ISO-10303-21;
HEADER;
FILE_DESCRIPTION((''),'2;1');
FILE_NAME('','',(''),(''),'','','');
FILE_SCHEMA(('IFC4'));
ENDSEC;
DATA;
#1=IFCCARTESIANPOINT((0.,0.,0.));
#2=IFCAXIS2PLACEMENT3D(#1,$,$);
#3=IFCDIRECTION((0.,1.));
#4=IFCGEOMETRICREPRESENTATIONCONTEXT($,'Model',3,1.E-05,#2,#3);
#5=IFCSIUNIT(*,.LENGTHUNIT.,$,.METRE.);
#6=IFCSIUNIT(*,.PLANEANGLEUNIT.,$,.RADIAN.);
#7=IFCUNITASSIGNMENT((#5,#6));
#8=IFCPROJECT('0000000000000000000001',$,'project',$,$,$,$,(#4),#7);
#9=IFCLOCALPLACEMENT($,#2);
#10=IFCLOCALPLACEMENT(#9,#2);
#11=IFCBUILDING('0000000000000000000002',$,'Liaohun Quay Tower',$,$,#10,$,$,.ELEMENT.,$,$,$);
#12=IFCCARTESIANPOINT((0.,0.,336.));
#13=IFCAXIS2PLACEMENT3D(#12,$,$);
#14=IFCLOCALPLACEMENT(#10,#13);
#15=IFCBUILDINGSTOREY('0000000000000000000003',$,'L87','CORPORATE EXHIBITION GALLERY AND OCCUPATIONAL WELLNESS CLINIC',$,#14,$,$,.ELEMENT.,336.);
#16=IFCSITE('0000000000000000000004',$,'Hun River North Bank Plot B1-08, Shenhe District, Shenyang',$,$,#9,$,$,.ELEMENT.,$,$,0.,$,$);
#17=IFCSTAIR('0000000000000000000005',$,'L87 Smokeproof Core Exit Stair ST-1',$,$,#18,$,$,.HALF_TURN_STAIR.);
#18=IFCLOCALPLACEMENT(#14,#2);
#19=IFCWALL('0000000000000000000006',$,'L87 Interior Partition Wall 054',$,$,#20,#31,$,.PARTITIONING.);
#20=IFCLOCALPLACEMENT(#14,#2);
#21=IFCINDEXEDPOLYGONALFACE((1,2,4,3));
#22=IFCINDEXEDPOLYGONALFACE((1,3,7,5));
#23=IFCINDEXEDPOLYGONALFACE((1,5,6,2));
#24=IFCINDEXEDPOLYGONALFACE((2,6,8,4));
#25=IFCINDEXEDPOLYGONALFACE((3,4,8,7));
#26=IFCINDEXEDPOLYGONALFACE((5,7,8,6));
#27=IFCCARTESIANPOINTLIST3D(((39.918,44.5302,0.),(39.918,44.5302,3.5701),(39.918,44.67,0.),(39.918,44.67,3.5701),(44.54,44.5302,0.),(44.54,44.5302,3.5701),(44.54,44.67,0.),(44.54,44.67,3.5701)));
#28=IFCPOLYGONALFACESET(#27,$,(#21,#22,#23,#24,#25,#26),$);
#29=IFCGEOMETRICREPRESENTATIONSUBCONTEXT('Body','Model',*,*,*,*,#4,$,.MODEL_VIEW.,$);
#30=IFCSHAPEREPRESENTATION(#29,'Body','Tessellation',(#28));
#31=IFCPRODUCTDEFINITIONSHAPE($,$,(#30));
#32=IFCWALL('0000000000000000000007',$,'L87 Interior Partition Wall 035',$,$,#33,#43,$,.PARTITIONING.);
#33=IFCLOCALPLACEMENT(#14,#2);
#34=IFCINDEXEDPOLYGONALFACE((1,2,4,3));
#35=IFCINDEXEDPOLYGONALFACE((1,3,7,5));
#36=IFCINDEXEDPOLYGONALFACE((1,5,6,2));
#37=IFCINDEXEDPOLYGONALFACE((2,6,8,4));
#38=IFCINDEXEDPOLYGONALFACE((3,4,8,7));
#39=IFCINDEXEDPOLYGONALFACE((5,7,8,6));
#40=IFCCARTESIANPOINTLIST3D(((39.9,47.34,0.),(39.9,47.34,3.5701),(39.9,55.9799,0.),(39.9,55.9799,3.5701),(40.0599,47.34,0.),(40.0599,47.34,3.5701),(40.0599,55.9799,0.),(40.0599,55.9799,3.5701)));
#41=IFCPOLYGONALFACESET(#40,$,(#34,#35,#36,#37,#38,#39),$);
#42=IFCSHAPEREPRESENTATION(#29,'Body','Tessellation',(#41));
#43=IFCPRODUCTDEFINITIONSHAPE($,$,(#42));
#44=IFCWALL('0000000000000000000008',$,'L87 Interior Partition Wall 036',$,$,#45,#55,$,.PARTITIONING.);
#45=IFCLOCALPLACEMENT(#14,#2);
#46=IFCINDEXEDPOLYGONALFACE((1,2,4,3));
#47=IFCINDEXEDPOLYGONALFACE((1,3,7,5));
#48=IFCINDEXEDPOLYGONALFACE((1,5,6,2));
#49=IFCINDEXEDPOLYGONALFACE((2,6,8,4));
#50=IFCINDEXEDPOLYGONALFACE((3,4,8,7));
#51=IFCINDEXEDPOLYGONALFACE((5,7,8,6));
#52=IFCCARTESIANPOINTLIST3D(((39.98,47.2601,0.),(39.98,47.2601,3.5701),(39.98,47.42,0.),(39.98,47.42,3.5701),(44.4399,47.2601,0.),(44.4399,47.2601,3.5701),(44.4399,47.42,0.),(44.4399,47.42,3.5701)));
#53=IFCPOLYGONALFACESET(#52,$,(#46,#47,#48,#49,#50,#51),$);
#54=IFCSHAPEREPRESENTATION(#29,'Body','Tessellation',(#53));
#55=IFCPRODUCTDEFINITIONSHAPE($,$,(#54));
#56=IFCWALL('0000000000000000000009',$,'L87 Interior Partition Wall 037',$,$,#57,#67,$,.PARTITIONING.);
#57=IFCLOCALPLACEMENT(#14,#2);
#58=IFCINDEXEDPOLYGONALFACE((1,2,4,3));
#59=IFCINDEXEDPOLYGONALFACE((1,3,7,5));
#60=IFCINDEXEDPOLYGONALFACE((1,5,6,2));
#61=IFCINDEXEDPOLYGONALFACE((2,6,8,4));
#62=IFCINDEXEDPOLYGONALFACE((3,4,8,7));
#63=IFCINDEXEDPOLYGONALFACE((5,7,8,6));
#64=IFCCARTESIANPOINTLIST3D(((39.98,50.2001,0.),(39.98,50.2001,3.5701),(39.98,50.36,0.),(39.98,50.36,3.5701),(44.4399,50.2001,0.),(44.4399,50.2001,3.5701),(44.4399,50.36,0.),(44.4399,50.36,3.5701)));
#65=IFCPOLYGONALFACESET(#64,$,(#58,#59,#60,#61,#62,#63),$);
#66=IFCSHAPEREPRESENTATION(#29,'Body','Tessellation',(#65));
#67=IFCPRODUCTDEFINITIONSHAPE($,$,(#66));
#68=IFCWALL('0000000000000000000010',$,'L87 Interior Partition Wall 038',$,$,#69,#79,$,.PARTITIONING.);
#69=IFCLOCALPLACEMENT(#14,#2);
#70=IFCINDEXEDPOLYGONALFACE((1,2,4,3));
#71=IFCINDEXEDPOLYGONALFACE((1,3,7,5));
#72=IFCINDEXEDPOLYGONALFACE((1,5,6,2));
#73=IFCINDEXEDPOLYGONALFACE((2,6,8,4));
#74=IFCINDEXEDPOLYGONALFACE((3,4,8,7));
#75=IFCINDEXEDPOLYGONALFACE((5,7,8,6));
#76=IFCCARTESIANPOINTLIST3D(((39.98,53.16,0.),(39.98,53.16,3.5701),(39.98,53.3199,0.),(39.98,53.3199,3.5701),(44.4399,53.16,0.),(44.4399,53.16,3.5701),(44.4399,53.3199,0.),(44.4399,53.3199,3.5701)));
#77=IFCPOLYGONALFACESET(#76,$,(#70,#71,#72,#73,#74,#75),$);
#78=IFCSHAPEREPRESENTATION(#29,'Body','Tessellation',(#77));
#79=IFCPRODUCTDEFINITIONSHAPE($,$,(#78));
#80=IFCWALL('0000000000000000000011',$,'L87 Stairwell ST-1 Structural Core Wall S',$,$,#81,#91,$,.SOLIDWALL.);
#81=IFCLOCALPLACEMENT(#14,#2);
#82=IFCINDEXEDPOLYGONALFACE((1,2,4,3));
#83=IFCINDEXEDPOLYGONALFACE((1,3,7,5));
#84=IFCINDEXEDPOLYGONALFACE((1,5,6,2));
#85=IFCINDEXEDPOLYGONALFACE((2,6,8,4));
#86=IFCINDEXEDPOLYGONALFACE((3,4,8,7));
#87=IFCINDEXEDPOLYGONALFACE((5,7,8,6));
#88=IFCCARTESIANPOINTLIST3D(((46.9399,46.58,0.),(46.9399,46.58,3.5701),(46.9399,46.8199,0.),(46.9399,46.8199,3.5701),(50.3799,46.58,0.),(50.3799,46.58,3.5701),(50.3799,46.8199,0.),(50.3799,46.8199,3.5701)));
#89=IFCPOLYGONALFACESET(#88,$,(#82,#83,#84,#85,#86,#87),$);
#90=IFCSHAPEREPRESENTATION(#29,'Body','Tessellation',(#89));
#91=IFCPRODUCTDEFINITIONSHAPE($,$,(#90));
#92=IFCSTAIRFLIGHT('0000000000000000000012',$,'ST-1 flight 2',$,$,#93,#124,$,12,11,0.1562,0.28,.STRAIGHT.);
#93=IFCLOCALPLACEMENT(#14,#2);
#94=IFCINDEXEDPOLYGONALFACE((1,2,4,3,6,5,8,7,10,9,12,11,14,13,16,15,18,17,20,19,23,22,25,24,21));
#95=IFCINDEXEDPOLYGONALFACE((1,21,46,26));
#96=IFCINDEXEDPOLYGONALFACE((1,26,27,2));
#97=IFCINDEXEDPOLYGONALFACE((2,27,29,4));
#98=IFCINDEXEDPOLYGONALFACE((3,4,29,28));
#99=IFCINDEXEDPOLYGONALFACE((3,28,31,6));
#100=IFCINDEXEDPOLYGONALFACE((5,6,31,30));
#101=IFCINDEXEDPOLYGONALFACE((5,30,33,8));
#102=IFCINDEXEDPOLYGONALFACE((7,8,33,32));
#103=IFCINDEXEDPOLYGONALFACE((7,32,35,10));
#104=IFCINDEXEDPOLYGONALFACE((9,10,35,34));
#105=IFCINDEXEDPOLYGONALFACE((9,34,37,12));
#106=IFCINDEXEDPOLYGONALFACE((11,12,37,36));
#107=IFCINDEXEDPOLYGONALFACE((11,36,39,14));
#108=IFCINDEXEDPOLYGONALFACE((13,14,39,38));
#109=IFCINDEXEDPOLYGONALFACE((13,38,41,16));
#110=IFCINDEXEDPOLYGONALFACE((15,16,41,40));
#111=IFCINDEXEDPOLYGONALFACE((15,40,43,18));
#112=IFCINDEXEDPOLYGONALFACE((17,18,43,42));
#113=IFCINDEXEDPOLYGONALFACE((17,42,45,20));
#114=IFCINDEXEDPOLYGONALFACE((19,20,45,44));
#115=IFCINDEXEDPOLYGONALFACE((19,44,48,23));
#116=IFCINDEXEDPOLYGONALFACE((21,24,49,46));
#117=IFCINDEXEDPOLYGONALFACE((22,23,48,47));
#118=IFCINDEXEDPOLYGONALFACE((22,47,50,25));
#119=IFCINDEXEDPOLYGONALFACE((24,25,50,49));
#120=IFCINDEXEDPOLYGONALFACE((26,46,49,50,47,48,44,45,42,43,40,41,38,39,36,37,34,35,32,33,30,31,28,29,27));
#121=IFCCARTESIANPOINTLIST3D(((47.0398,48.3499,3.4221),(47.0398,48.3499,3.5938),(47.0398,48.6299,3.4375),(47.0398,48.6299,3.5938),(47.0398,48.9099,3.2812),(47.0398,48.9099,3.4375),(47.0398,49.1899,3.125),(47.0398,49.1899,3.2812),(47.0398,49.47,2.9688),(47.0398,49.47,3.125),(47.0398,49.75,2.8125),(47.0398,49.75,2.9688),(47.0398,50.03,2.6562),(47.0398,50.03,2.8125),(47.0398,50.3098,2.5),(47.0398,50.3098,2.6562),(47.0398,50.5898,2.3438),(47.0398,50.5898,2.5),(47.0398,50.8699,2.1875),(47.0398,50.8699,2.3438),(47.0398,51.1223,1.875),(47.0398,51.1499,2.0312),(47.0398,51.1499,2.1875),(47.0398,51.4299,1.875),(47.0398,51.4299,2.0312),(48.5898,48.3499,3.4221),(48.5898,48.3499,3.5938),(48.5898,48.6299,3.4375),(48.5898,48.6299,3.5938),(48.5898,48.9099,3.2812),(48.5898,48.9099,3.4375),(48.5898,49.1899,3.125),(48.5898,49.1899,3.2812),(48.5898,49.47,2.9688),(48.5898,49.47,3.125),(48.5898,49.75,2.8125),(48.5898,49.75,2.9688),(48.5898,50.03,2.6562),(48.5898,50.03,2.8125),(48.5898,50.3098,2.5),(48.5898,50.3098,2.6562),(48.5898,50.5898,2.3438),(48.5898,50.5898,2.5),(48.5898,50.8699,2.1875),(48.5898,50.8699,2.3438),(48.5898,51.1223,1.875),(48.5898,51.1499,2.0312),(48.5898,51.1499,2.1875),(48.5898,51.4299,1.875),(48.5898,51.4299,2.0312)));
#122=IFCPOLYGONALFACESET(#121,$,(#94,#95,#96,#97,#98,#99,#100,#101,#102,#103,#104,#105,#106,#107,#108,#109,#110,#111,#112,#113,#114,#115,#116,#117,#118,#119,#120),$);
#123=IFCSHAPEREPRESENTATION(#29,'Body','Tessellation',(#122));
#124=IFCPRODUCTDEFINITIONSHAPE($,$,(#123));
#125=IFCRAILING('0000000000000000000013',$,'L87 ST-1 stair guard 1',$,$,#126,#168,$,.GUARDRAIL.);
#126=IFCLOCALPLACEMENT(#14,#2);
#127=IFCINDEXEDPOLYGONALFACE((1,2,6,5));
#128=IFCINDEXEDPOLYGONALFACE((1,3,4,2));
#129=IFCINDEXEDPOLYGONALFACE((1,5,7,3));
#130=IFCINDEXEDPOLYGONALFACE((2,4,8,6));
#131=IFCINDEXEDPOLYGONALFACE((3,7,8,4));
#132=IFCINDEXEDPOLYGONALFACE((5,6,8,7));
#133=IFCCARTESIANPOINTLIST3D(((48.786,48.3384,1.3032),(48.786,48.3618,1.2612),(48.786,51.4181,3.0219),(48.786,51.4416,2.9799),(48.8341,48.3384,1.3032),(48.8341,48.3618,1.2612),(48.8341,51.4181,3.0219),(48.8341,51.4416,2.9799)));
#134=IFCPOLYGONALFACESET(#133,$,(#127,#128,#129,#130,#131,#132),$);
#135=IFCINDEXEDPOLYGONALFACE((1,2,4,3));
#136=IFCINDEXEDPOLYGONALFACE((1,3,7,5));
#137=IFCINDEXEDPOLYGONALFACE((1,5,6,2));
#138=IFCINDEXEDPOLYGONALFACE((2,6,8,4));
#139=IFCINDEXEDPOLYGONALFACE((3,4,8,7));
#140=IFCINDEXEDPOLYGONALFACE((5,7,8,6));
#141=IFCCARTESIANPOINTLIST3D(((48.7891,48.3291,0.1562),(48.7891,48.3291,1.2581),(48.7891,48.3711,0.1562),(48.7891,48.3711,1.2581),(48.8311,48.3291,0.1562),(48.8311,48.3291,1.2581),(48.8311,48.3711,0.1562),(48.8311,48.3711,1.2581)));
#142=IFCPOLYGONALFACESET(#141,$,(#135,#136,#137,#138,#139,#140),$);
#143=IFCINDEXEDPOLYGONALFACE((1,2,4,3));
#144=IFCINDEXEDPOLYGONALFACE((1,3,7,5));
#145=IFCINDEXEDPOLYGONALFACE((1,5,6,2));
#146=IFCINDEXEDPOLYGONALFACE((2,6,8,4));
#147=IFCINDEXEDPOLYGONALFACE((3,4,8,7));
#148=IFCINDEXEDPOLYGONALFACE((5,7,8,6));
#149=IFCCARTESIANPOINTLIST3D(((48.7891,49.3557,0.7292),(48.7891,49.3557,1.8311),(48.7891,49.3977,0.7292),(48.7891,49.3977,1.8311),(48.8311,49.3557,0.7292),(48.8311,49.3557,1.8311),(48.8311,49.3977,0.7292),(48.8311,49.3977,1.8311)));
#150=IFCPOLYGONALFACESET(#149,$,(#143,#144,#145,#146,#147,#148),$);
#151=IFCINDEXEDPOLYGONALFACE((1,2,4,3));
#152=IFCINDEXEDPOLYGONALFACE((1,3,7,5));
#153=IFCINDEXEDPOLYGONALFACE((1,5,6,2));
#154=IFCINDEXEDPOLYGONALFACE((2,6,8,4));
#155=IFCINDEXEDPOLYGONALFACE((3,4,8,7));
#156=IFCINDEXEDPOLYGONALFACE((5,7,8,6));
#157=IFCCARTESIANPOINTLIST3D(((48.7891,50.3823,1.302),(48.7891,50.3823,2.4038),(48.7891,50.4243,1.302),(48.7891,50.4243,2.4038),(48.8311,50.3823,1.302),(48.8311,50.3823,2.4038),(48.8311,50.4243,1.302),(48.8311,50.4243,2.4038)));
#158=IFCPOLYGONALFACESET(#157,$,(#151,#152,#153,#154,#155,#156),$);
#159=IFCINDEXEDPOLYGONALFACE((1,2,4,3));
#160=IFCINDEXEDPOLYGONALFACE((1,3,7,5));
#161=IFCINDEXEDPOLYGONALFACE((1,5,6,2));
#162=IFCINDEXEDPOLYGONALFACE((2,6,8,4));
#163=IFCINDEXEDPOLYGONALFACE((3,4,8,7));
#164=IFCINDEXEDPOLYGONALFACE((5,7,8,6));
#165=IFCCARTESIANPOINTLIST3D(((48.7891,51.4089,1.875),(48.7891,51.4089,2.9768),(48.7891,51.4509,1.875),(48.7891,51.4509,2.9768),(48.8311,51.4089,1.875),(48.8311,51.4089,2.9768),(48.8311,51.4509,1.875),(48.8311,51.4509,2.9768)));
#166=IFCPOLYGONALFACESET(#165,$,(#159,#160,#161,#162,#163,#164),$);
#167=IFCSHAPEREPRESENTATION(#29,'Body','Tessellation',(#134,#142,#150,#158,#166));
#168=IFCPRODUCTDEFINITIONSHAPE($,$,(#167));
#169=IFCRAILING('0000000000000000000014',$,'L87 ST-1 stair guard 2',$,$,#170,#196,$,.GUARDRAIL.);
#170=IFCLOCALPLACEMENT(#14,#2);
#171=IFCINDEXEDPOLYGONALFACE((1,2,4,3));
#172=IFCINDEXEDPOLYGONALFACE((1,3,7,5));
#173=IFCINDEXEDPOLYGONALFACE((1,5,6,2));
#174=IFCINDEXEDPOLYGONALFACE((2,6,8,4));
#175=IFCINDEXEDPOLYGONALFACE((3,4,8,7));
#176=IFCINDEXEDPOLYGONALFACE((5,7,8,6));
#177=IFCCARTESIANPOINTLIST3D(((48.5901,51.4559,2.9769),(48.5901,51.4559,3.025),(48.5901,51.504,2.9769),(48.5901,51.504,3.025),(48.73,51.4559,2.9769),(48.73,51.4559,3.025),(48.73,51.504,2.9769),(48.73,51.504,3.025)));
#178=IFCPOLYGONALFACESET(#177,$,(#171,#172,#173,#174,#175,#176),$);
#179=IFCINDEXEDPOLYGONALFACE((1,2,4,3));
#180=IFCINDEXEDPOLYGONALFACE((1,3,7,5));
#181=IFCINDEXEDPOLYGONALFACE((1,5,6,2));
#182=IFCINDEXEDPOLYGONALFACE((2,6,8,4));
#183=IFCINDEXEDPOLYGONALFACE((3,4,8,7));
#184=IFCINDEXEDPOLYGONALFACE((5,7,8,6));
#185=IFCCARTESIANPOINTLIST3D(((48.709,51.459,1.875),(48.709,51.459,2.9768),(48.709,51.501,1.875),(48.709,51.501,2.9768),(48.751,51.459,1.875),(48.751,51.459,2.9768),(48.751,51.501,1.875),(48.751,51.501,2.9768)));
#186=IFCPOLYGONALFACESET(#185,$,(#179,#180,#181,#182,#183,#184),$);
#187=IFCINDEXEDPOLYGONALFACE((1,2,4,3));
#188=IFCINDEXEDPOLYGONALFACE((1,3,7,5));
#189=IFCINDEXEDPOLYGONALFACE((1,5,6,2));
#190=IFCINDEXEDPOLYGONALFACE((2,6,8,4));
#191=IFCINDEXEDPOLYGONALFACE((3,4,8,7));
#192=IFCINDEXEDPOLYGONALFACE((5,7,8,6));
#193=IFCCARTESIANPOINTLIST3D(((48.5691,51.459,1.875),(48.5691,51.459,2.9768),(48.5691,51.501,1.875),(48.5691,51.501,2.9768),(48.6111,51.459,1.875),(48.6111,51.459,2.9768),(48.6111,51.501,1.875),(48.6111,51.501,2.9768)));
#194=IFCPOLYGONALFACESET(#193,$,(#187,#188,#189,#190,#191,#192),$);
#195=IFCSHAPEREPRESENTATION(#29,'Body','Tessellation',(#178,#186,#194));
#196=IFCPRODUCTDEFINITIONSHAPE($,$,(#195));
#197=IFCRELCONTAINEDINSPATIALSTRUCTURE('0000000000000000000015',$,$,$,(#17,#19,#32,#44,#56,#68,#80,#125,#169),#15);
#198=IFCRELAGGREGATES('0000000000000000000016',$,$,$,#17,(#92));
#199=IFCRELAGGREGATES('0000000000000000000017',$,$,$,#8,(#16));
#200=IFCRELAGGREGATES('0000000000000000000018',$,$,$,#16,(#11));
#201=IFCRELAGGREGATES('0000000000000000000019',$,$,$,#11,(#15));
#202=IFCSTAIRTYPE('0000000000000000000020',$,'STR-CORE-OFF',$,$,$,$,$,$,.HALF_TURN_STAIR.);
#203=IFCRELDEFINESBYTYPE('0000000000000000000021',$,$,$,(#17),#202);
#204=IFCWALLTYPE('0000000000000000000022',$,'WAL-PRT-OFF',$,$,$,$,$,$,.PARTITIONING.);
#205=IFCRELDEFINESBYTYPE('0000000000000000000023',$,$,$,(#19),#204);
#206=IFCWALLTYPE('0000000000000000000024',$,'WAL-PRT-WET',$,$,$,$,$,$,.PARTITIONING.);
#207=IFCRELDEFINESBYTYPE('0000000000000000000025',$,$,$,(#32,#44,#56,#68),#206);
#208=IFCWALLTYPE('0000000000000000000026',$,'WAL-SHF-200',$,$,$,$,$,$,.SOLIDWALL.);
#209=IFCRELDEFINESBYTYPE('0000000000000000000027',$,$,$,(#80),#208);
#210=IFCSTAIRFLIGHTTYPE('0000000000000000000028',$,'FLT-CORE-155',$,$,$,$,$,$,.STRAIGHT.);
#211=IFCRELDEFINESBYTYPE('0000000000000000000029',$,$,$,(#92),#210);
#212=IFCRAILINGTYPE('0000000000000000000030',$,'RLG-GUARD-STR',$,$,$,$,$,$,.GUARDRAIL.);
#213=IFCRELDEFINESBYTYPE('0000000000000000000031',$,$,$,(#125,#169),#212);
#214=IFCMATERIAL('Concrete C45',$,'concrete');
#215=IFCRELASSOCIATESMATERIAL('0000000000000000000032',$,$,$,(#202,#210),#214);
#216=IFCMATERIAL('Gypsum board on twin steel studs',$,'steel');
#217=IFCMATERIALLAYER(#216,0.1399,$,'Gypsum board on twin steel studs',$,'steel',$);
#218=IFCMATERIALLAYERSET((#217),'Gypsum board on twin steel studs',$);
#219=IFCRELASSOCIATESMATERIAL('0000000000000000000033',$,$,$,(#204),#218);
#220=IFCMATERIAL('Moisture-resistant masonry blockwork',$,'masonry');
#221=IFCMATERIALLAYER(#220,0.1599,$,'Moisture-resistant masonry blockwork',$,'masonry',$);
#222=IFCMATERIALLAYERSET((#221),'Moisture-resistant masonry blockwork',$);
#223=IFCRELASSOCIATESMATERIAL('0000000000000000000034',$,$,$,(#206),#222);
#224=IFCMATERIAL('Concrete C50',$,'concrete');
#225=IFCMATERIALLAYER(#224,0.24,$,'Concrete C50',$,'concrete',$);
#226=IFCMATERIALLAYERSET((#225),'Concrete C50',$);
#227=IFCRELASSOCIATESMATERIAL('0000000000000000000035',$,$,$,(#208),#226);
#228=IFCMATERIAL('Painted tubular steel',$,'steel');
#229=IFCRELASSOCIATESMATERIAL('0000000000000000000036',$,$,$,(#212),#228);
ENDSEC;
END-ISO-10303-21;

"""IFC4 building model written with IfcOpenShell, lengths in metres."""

from ifc_helpers import new_model, si_unit, direction, frame, frame_2d, origin, origin_2d, place, context, subcontext, project, spatial, polyline, rectangle, outline, extrude, material, layer, layer_set, type_object, element, aggregate, save


model = new_model("IFC4")

# Units and contexts
model_context = context("Model", 3, precision=1e-05, world=origin(), true_north=direction((0.0, 1.0)))
body_context = subcontext(model_context, "Body", "Model", "MODEL_VIEW")
ifc_project = project(units=[si_unit("LENGTHUNIT", "METRE"), si_unit("PLANEANGLEUNIT", "RADIAN")], contexts=[model_context])

# Site, building, storey
site_placement = place(None, origin())
site = spatial("IfcSite", under=ifc_project, at=site_placement, Name="Hun River North Bank Plot B1-08, Shenhe District, Shenyang", CompositionType="ELEMENT", RefElevation=0.0)
building_placement = place(site_placement, origin())
building = spatial("IfcBuilding", under=site, at=building_placement, Name="Liaohun Quay Tower", CompositionType="ELEMENT")
storey_placement = place(building_placement, frame((0.0, 0.0, 336.0)))
storey = spatial("IfcBuildingStorey", under=building, at=storey_placement, Name="L87", Description="CORPORATE EXHIBITION GALLERY AND OCCUPATIONAL WELLNESS CLINIC", CompositionType="ELEMENT", Elevation=336.0)

# Shared definitions
ifc_material_1 = material(Name="Concrete C50", Category="concrete")

# Stair
ifc_material_2 = material(Name="Concrete C45", Category="concrete")
stair_type = type_object("IfcStairType", Name="STR-CORE-OFF", PredefinedType="HALF_TURN_STAIR", material=ifc_material_2)
stair_1_placement = place(storey_placement, origin())
stair_1 = element("IfcStair", 1, at=stair_1_placement, inside=storey, type_object=stair_type, Name="L87 Smokeproof Core Exit Stair ST-1", PredefinedType="HALF_TURN_STAIR")

# Wall
ifc_material_3 = material(Name="Gypsum board on twin steel studs", Category="steel")
ifc_layer_1 = layer(ifc_material_3, 0.1399, Name="Gypsum board on twin steel studs", Category="steel")
ifc_layer_set_1 = layer_set([ifc_layer_1], Name="Gypsum board on twin steel studs")
wall_type_1 = type_object("IfcWallType", Name="WAL-PRT-OFF", PredefinedType="PARTITIONING", material=ifc_layer_set_1)
wall_1_placement = place(storey_placement, frame((44.54, 44.6001, 0.0), z_axis=(0.0, 0.0, 1.0), x_axis=(-1.0, 0.0, 0.0)))
element("IfcWall", 2, at=wall_1_placement, inside=storey, type_object=wall_type_1, Name="L87 Interior Partition Wall 054", PredefinedType="PARTITIONING", context=body_context, shape_type="SweptSolid", body=[
    extrude(rectangle(XDim=4.6221, YDim=0.1399, at=frame_2d((2.311, 0.0))), origin(), (0.0, 0.0, 1.0), 3.5701),
])

# Shared definitions
ifc_material_4 = material(Name="Moisture-resistant masonry blockwork", Category="masonry")
ifc_layer_2 = layer(ifc_material_4, 0.1599, Name="Moisture-resistant masonry blockwork", Category="masonry")
ifc_layer_set_2 = layer_set([ifc_layer_2], Name="Moisture-resistant masonry blockwork")
wall_type_2 = type_object("IfcWallType", Name="WAL-PRT-WET", PredefinedType="PARTITIONING", material=ifc_layer_set_2)

# Walls
wall_2_placement = place(storey_placement, frame((39.98, 47.3401, 0.0), z_axis=(0.0, 0.0, 1.0), x_axis=(0.0, 1.0, 0.0)))
element("IfcWall", 3, at=wall_2_placement, inside=storey, type_object=wall_type_2, Name="L87 Interior Partition Wall 035", PredefinedType="PARTITIONING", context=body_context, shape_type="SweptSolid", body=[
    extrude(rectangle(XDim=8.6399, YDim=0.1599, at=frame_2d((4.3198, 0.0))), origin(), (0.0, 0.0, 1.0), 3.5701),
])
for number, where, z_axis, x_axis, name in (
    (4, (39.98, 47.3401, 0.0), (0.0, 0.0, 1.0), (1.0, 0.0, 0.0), "L87 Interior Partition Wall 036"),
    (5, (39.98, 50.28, 0.0), (0.0, 0.0, 1.0), (1.0, 0.0, 0.0), "L87 Interior Partition Wall 037"),
    (6, (39.98, 53.24, 0.0), (0.0, 0.0, 1.0), (1.0, 0.0, 0.0), "L87 Interior Partition Wall 038"),
):
    element("IfcWall", number, at=place(storey_placement, frame(where, z_axis=z_axis, x_axis=x_axis)), inside=storey, type_object=wall_type_2, Name=name, PredefinedType="PARTITIONING", context=body_context, shape_type="SweptSolid", body=[
        extrude(rectangle(XDim=4.46, YDim=0.1599, at=frame_2d((2.23, 0.0))), origin(), (0.0, 0.0, 1.0), 3.5701),
    ])
ifc_layer_3 = layer(ifc_material_1, 0.24, Name="Concrete C50", Category="concrete")
ifc_layer_set_3 = layer_set([ifc_layer_3], Name="Concrete C50")
wall_type_3 = type_object("IfcWallType", Name="WAL-SHF-200", PredefinedType="SOLIDWALL", material=ifc_layer_set_3)
wall_3_placement = place(storey_placement, frame((46.9399, 46.7, 0.0), z_axis=(0.0, 0.0, 1.0), x_axis=(1.0, 0.0, 0.0)))
element("IfcWall", 7, at=wall_3_placement, inside=storey, type_object=wall_type_3, Name="L87 Stairwell ST-1 Structural Core Wall S", PredefinedType="SOLIDWALL", context=body_context, shape_type="SweptSolid", body=[
    extrude(rectangle(XDim=3.4399, YDim=0.24, at=frame_2d((1.72, 0.0))), origin(), (0.0, 0.0, 1.0), 3.5701),
])

# Stair flight
stair_flight_type = type_object("IfcStairFlightType", Name="FLT-CORE-155", PredefinedType="STRAIGHT", material=ifc_material_2)
stair_flight_placement = place(storey_placement, frame((47.8149, 51.4299, 1.875), z_axis=(0.0, 0.0, 1.0), x_axis=(0.0, -1.0, 0.0)))
stair_flight = element("IfcStairFlight", 8, at=stair_flight_placement, type_object=stair_flight_type, Name="ST-1 flight 2", NumberOfRisers=12, NumberOfTreads=11, PredefinedType="STRAIGHT", RiserHeight=0.1562, TreadLength=0.28, context=body_context, shape_type="SweptSolid", body=[
    extrude(outline(polyline([(0.0, 0.0), (0.0, 0.1562), (0.28, 0.1562), (0.28, 0.3125), (0.5601, 0.3125), (0.5601, 0.4688), (0.8401, 0.4688), (0.8401, 0.625), (1.1201, 0.625), (1.1201, 0.7812), (1.3999, 0.7812), (1.3999, 0.9375), (1.6799, 0.9375), (1.6799, 1.0938), (1.96, 1.0938), (1.96, 1.25), (2.24, 1.25), (2.24, 1.4062), (2.52, 1.4062), (2.52, 1.5625), (2.8, 1.5625), (2.8, 1.7188), (3.0801, 1.7188), (3.0801, 1.875), (3.0801, 1.5471), (0.3076, 0.0), (0.0, 0.0)])), frame((0.0, 0.7749, 0.0), z_axis=(0.0, -1.0, 0.0), x_axis=(1.0, 0.0, 0.0)), (0.0, 0.0, 1.0), 1.55),
])
aggregate(stair_1, [stair_flight])

# Railings
ifc_material_5 = material(Name="Painted tubular steel", Category="steel")
railing_type_1 = type_object("IfcRailingType", Name="RLG-GUARD-STR", PredefinedType="GUARDRAIL", material=ifc_material_5)
railing_1_placement = place(storey_placement, frame((48.8101, 48.3501, 0.1562)))
element("IfcRailing", 9, at=railing_1_placement, inside=storey, type_object=railing_type_1, Name="L87 ST-1 stair guard 1", PredefinedType="GUARDRAIL", context=body_context, shape_type="SweptSolid", body=[
    extrude(rectangle(XDim=0.0481, YDim=0.0481, at=origin_2d()), frame((0.0, 0.0, 1.126), z_axis=(0.0, 0.873225, 0.487317), x_axis=(-1.0, 0.0, 0.0)), (0.0, 0.0, 1.0), 3.5269),
    extrude(rectangle(XDim=0.042, YDim=0.042, at=origin_2d()), origin(), (0.0, 0.0, 1.0), 1.1018),
    extrude(rectangle(XDim=0.042, YDim=0.042, at=origin_2d()), frame((0.0, 1.0266, 0.573)), (0.0, 0.0, 1.0), 1.1018),
    extrude(rectangle(XDim=0.042, YDim=0.042, at=origin_2d()), frame((0.0, 2.0532, 1.1458)), (0.0, 0.0, 1.0), 1.1018),
    extrude(rectangle(XDim=0.042, YDim=0.042, at=origin_2d()), frame((0.0, 3.0798, 1.7188)), (0.0, 0.0, 1.0), 1.1018),
])
railing_2_placement = place(storey_placement, frame((48.73, 51.48, 1.875)))
element("IfcRailing", 10, at=railing_2_placement, inside=storey, type_object=railing_type_1, Name="L87 ST-1 stair guard 2", PredefinedType="GUARDRAIL", context=body_context, shape_type="SweptSolid", body=[
    extrude(rectangle(XDim=0.0481, YDim=0.0481, at=origin_2d()), frame((0.0, 0.0, 1.126), z_axis=(-1.0, 0.0, 0.0), x_axis=(0.0, -1.0, 0.0)), (0.0, 0.0, 1.0), 0.1399),
    extrude(rectangle(XDim=0.042, YDim=0.042, at=origin_2d()), origin(), (0.0, 0.0, 1.0), 1.1018),
    extrude(rectangle(XDim=0.042, YDim=0.042, at=origin_2d()), frame((-0.1399, 0.0, 0.0)), (0.0, 0.0, 1.0), 1.1018),
])

save(model, "model.ifc")
